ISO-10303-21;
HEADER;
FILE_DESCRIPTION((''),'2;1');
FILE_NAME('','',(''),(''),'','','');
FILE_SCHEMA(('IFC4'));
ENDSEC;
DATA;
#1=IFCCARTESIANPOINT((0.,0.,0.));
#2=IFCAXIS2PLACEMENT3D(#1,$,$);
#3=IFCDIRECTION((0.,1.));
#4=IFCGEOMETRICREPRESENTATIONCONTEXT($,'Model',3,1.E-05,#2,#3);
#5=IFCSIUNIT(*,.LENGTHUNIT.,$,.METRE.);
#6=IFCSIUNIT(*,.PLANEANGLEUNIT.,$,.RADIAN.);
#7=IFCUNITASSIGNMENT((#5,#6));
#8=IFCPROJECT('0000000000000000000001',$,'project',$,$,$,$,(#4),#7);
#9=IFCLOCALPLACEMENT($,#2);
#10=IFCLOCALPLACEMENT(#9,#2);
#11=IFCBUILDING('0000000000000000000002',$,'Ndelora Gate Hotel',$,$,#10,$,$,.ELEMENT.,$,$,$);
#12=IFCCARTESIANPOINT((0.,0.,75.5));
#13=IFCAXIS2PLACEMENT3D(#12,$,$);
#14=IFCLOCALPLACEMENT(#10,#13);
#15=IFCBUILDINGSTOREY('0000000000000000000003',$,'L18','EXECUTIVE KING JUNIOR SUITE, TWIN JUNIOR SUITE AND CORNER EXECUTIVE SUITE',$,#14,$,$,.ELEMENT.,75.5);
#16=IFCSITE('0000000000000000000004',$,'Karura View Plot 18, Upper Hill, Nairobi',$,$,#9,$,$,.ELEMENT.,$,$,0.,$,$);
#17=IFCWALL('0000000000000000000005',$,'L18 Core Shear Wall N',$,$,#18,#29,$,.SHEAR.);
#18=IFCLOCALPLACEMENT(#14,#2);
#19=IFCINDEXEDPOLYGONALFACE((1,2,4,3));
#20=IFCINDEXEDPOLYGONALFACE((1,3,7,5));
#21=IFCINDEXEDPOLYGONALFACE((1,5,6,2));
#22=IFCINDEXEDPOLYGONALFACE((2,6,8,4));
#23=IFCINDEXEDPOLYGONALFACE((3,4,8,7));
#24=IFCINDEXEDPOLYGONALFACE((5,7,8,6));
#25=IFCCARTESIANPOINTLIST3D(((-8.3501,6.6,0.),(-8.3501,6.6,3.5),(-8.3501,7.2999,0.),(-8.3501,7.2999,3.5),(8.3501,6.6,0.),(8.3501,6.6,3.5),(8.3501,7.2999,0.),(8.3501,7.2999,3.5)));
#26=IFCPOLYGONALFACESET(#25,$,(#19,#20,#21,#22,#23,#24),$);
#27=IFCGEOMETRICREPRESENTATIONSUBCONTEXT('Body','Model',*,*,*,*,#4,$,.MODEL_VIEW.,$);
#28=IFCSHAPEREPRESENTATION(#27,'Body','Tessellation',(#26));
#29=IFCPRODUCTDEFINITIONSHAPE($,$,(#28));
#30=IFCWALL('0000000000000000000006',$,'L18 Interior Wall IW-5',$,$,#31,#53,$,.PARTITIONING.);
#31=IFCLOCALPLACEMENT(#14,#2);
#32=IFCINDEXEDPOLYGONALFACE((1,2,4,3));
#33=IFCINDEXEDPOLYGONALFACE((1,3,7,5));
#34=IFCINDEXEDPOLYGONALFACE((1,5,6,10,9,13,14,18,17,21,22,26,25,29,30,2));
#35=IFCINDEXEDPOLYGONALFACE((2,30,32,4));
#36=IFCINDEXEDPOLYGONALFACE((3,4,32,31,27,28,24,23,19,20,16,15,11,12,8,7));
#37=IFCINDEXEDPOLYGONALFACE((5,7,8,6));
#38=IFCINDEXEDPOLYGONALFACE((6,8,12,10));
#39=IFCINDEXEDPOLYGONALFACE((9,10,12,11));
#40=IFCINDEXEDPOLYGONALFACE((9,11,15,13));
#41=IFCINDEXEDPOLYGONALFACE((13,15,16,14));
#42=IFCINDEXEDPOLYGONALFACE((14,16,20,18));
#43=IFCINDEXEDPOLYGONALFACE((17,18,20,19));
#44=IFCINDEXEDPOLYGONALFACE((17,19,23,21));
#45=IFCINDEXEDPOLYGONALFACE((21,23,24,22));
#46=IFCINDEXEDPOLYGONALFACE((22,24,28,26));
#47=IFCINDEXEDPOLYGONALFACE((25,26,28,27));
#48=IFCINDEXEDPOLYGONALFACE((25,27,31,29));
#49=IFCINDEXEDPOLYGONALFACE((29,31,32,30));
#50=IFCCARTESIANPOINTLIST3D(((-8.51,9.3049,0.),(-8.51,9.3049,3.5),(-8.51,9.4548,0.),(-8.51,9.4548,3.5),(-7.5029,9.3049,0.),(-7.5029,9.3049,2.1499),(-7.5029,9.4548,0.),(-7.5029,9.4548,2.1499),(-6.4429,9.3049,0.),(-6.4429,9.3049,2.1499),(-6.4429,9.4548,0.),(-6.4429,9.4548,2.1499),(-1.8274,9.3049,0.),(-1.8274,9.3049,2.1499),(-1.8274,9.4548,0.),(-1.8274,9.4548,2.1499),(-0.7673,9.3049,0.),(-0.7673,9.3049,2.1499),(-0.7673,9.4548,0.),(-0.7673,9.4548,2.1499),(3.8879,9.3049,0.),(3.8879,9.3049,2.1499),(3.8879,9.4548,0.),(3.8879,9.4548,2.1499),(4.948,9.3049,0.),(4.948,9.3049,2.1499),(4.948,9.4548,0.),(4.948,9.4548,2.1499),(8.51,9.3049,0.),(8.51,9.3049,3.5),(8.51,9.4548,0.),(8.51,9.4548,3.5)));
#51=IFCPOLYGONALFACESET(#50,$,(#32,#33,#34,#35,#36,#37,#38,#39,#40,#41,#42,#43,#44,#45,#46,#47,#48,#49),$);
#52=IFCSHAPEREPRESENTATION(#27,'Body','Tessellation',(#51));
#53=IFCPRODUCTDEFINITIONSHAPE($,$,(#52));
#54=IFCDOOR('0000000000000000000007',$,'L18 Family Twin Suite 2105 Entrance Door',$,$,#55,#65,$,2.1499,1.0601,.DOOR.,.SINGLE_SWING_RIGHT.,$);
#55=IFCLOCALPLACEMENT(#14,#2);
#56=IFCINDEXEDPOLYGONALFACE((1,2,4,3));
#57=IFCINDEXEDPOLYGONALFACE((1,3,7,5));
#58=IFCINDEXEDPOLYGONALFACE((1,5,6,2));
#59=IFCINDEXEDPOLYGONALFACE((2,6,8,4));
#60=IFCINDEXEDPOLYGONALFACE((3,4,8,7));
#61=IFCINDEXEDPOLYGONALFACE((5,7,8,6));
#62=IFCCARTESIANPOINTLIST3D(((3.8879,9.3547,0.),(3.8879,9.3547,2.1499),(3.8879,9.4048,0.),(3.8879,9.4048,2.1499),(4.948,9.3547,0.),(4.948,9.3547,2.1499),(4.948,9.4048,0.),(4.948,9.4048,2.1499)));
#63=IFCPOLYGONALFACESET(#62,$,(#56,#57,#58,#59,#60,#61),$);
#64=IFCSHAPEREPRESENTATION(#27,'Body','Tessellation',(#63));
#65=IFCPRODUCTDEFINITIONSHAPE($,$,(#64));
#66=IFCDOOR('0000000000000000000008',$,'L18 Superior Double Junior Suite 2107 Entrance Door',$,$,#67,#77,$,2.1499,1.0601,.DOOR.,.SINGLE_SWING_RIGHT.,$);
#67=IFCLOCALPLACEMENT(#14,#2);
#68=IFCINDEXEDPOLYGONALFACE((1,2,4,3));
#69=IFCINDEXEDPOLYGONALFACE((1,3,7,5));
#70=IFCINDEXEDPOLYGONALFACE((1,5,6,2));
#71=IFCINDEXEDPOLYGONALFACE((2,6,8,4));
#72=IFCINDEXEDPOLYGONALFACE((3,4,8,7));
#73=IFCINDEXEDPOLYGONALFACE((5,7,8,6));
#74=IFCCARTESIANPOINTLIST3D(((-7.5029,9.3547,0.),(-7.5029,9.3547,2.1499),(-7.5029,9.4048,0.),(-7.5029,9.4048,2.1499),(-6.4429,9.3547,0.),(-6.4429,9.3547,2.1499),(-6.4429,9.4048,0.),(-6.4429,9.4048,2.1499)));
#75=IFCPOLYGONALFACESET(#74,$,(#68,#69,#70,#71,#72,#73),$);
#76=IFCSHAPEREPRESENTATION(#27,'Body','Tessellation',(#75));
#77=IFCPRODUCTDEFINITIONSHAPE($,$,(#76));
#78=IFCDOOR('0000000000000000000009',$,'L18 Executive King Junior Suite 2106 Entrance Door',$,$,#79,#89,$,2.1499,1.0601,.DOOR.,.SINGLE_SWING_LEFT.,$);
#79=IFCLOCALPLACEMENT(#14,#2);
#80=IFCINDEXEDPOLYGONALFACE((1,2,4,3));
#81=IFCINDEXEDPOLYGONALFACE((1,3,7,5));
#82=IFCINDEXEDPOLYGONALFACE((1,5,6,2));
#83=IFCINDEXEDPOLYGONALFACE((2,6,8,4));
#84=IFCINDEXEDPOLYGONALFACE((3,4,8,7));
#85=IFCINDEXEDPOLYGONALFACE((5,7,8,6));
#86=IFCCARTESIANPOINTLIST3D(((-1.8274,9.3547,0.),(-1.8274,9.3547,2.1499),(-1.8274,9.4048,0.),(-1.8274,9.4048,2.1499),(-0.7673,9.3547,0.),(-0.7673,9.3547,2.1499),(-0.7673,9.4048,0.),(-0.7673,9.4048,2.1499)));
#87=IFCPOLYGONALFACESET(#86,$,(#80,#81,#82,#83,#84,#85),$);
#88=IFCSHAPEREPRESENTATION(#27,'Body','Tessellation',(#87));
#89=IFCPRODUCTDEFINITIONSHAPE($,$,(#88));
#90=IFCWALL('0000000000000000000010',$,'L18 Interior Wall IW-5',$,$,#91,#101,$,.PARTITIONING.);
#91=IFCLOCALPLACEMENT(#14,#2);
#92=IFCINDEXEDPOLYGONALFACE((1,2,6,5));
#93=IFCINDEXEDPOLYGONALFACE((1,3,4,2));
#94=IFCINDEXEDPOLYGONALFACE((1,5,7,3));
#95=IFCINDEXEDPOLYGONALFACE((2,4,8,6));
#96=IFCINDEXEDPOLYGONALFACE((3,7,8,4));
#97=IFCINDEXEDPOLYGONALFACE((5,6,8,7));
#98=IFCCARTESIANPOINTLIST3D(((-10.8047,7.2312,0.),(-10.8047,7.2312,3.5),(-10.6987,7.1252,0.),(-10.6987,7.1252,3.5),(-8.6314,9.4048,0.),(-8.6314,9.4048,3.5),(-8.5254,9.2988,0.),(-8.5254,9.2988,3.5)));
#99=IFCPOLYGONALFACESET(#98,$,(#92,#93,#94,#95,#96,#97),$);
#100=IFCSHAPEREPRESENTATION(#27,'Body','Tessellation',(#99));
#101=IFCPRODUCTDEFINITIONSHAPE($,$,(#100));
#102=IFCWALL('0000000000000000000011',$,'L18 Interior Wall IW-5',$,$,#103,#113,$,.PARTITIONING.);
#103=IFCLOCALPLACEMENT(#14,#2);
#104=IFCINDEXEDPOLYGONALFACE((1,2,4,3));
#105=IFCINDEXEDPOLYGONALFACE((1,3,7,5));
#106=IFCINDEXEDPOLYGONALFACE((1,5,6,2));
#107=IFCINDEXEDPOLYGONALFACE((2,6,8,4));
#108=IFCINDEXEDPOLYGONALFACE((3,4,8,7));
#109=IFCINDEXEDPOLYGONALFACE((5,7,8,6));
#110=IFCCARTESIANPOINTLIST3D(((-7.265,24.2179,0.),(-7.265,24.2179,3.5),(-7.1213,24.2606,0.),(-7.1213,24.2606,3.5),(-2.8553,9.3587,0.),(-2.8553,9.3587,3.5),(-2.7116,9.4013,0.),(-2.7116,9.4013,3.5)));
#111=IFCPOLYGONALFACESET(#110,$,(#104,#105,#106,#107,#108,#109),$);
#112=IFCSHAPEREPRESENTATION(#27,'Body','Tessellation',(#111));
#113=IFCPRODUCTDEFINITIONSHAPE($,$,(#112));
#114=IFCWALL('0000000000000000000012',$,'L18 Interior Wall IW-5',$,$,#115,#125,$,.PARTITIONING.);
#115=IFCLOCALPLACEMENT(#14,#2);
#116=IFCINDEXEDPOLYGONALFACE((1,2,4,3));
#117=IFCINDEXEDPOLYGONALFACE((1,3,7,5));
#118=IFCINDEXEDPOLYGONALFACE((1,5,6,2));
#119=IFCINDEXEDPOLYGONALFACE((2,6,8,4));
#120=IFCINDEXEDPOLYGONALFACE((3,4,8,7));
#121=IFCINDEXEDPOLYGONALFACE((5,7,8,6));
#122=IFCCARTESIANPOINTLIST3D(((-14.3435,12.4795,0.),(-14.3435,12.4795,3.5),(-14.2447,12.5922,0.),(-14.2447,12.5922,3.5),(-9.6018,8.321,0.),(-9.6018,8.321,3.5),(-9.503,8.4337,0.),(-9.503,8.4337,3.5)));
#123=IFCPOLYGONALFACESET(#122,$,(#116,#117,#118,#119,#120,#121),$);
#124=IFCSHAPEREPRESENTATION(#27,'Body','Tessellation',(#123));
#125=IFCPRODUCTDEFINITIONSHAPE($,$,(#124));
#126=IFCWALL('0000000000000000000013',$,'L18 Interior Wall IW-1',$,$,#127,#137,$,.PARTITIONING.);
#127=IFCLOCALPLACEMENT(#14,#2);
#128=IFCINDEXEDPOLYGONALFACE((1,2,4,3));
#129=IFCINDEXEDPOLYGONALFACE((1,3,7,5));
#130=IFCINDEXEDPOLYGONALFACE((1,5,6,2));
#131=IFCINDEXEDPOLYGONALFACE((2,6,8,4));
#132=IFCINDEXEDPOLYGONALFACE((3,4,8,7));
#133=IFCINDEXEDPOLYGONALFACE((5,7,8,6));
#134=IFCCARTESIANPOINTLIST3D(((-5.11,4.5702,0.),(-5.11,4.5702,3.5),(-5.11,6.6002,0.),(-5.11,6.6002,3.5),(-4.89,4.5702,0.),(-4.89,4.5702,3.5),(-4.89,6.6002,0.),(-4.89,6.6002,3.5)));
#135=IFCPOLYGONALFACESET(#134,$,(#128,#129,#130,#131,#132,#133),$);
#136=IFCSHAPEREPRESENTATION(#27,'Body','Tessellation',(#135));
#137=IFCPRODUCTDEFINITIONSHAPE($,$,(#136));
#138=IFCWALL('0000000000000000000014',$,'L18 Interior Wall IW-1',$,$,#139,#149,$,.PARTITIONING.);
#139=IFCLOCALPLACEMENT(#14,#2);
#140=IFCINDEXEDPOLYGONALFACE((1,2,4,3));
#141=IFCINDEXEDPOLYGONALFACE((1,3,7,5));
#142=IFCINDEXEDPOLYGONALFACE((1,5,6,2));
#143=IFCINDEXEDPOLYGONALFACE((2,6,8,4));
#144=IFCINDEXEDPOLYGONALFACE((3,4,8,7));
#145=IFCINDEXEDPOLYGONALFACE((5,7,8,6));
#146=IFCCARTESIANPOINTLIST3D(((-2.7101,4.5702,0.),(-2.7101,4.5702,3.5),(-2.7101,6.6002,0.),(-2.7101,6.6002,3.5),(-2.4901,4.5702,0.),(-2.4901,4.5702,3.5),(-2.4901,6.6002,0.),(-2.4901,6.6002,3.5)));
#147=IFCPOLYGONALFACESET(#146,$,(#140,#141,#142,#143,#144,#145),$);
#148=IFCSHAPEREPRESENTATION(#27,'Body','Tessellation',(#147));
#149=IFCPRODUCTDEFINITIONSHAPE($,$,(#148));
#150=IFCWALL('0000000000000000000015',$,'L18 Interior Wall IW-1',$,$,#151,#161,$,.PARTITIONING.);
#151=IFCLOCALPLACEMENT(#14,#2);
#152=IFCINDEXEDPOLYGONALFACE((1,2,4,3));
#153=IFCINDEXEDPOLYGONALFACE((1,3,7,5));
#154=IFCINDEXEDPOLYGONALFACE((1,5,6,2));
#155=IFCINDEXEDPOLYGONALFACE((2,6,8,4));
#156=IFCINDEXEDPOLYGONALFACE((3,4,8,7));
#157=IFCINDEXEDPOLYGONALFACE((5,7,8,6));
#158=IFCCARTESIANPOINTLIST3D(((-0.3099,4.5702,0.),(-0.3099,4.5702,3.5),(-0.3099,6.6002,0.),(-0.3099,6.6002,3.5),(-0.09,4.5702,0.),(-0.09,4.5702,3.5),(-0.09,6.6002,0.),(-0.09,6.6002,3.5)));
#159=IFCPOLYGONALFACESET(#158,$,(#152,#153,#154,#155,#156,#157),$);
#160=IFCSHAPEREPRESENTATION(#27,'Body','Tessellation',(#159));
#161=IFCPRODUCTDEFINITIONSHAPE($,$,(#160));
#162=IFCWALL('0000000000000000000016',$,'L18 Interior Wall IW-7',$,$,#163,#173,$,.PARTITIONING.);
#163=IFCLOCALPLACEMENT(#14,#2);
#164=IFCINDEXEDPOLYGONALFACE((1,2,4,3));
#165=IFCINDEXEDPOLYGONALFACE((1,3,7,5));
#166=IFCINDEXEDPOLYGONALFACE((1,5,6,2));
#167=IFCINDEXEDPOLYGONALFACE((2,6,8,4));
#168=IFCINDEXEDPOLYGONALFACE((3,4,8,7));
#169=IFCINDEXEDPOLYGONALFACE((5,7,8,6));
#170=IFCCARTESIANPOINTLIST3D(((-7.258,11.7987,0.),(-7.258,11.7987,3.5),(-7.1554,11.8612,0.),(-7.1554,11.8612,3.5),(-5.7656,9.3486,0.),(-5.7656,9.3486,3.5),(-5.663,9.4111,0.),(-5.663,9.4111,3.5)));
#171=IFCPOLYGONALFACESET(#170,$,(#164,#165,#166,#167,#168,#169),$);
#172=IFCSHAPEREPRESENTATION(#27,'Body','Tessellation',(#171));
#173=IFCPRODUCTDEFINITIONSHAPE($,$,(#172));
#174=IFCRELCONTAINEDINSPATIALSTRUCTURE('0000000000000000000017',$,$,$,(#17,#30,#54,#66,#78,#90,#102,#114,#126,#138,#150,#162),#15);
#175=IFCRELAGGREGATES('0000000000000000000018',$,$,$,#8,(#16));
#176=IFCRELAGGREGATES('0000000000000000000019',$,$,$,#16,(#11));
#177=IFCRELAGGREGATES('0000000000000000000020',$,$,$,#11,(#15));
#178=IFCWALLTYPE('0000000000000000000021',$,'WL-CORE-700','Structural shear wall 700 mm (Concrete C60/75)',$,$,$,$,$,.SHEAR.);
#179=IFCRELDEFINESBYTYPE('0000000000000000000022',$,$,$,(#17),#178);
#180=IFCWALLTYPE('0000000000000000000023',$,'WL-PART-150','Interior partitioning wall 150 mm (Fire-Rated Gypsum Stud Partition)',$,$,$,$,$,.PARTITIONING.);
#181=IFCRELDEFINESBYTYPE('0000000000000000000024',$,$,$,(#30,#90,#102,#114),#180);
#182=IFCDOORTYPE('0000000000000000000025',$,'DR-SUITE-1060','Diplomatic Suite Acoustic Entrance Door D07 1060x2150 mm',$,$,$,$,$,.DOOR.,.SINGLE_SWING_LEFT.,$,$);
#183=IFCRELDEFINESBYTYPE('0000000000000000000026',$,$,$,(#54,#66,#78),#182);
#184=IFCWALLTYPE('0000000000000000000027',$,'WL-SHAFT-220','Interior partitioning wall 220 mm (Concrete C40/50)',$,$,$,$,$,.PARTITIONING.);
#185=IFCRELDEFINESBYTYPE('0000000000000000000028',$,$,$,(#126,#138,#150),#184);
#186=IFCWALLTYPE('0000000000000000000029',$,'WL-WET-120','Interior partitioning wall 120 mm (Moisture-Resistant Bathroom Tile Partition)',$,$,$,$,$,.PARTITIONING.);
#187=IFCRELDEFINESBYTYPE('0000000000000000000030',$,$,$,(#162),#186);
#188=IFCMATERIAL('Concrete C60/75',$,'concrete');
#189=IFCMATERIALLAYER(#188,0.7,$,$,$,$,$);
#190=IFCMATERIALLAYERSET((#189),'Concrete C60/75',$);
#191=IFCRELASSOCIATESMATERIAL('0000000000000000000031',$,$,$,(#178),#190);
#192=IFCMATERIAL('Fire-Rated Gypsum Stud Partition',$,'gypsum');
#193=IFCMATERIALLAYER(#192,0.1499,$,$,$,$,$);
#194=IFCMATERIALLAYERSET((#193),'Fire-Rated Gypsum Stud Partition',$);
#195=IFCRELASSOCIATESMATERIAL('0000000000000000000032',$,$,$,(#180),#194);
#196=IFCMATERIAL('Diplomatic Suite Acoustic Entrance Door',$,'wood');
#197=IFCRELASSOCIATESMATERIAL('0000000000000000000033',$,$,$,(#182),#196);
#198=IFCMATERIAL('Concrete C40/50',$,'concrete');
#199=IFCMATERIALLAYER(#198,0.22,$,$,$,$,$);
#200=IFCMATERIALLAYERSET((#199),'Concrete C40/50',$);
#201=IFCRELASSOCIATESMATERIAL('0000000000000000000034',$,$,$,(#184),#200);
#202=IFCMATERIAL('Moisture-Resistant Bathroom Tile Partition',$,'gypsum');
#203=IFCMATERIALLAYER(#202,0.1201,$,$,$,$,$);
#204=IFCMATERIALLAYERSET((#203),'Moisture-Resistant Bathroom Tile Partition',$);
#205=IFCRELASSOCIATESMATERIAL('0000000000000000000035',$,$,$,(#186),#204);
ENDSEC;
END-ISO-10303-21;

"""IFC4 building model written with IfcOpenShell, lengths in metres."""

from ifc_helpers import new_model, si_unit, direction, frame, frame_2d, origin, place, context, subcontext, project, spatial, rectangle, extrude, material, layer, layer_set, type_object, element, fill, save


model = new_model("IFC4")

# Units and contexts
model_context = context("Model", 3, precision=1e-05, world=origin(), true_north=direction((0.0, 1.0)))
body_context = subcontext(model_context, "Body", "Model", "MODEL_VIEW")
ifc_project = project(units=[si_unit("LENGTHUNIT", "METRE"), si_unit("PLANEANGLEUNIT", "RADIAN")], contexts=[model_context])

# Site, building, storey
site_placement = place(None, origin())
site = spatial("IfcSite", under=ifc_project, at=site_placement, Name="Karura View Plot 18, Upper Hill, Nairobi", CompositionType="ELEMENT", RefElevation=0.0)
building_placement = place(site_placement, origin())
building = spatial("IfcBuilding", under=site, at=building_placement, Name="Ndelora Gate Hotel", CompositionType="ELEMENT")
storey_placement = place(building_placement, frame((0.0, 0.0, 75.5)))
storey = spatial("IfcBuildingStorey", under=building, at=storey_placement, Name="L18", Description="EXECUTIVE KING JUNIOR SUITE, TWIN JUNIOR SUITE AND CORNER EXECUTIVE SUITE", CompositionType="ELEMENT", Elevation=75.5)

# Shared definitions
ifc_material_1 = material(Name="Concrete C60/75", Category="concrete")

# Wall
ifc_layer_1 = layer(ifc_material_1, 0.7)
ifc_layer_set_1 = layer_set([ifc_layer_1], Name="Concrete C60/75")
wall_type_1 = type_object("IfcWallType", Name="WL-CORE-700", Description="Structural shear wall 700 mm (Concrete C60/75)", PredefinedType="SHEAR", material=ifc_layer_set_1)
wall_1_placement = place(storey_placement, frame((-8.3501, 6.95, 0.0), z_axis=(0.0, 0.0, 1.0), x_axis=(1.0, 0.0, 0.0)))
element("IfcWall", 1, at=wall_1_placement, inside=storey, type_object=wall_type_1, Name="L18 Core Shear Wall N", PredefinedType="SHEAR", context=body_context, shape_type="SweptSolid", body=[
    extrude(rectangle(XDim=16.7002, YDim=0.7, at=frame_2d((8.3501, 0.0))), origin(), (0.0, 0.0, 1.0), 3.5),
])

# Wall, openings, doors
ifc_material_2 = material(Name="Fire-Rated Gypsum Stud Partition", Category="gypsum")
ifc_layer_2 = layer(ifc_material_2, 0.1499)
ifc_layer_set_2 = layer_set([ifc_layer_2], Name="Fire-Rated Gypsum Stud Partition")
wall_type_2 = type_object("IfcWallType", Name="WL-PART-150", Description="Interior partitioning wall 150 mm (Fire-Rated Gypsum Stud Partition)", PredefinedType="PARTITIONING", material=ifc_layer_set_2)
wall_2_placement = place(storey_placement, frame((-8.51, 9.3799, 0.0), z_axis=(0.0, 0.0, 1.0), x_axis=(1.0, 0.0, 0.0)))
wall_2 = element("IfcWall", 2, at=wall_2_placement, inside=storey, type_object=wall_type_2, Name="L18 Interior Wall IW-5", PredefinedType="PARTITIONING", context=body_context, shape_type="SweptSolid", body=[
    extrude(rectangle(XDim=17.02, YDim=0.1499, at=frame_2d((8.51, 0.0))), origin(), (0.0, 0.0, 1.0), 3.5),
])
opening_1_placement = place(wall_2_placement, frame((12.3979, 0.0, 0.0)))
opening_1 = element("IfcOpeningElement", 3, at=opening_1_placement, cuts=wall_2, PredefinedType="OPENING", context=body_context, shape_type="SweptSolid", body=[
    extrude(rectangle(XDim=1.0601, YDim=2.1499, at=frame_2d((0.53, 1.075))), frame((0.0, 0.085, 0.0), z_axis=(0.0, -1.0, 0.0), x_axis=(1.0, 0.0, 0.0)), (0.0, 0.0, 1.0), 0.1699),
])
opening_2_placement = place(wall_2_placement, frame((1.0071, 0.0, 0.0)))
opening_2 = element("IfcOpeningElement", 4, at=opening_2_placement, cuts=wall_2, PredefinedType="OPENING", context=body_context, shape_type="SweptSolid", body=[
    extrude(rectangle(XDim=1.0601, YDim=2.1499, at=frame_2d((0.53, 1.075))), frame((0.0, 0.085, 0.0), z_axis=(0.0, -1.0, 0.0), x_axis=(1.0, 0.0, 0.0)), (0.0, 0.0, 1.0), 0.1699),
])
opening_3_placement = place(wall_2_placement, frame((6.6826, 0.0, 0.0)))
opening_3 = element("IfcOpeningElement", 5, at=opening_3_placement, cuts=wall_2, PredefinedType="OPENING", context=body_context, shape_type="SweptSolid", body=[
    extrude(rectangle(XDim=1.0601, YDim=2.1499, at=frame_2d((0.53, 1.075))), frame((0.0, 0.085, 0.0), z_axis=(0.0, -1.0, 0.0), x_axis=(1.0, 0.0, 0.0)), (0.0, 0.0, 1.0), 0.1699),
])
ifc_material_3 = material(Name="Diplomatic Suite Acoustic Entrance Door", Category="wood")
door_type_1 = type_object("IfcDoorType", Name="DR-SUITE-1060", Description="Diplomatic Suite Acoustic Entrance Door D07 1060x2150 mm", OperationType="SINGLE_SWING_LEFT", PredefinedType="DOOR", material=ifc_material_3)
door_1_placement = place(opening_1_placement, origin())
door_1 = element("IfcDoor", 6, at=door_1_placement, inside=storey, type_object=door_type_1, Name="L18 Family Twin Suite 2105 Entrance Door", OperationType="SINGLE_SWING_RIGHT", OverallHeight=2.1499, OverallWidth=1.0601, PredefinedType="DOOR", context=body_context, shape_type="SweptSolid", body=[
    extrude(rectangle(XDim=1.0601, YDim=2.1499, at=frame_2d((0.53, 1.075))), frame((0.0, 0.0249, 0.0), z_axis=(0.0, -1.0, 0.0), x_axis=(1.0, 0.0, 0.0)), (0.0, 0.0, 1.0), 0.05),
])
fill(opening_1, door_1)
door_2_placement = place(opening_2_placement, origin())
door_2 = element("IfcDoor", 7, at=door_2_placement, inside=storey, type_object=door_type_1, Name="L18 Superior Double Junior Suite 2107 Entrance Door", OperationType="SINGLE_SWING_RIGHT", OverallHeight=2.1499, OverallWidth=1.0601, PredefinedType="DOOR", context=body_context, shape_type="SweptSolid", body=[
    extrude(rectangle(XDim=1.0601, YDim=2.1499, at=frame_2d((0.53, 1.075))), frame((0.0, 0.0249, 0.0), z_axis=(0.0, -1.0, 0.0), x_axis=(1.0, 0.0, 0.0)), (0.0, 0.0, 1.0), 0.05),
])
fill(opening_2, door_2)
door_3_placement = place(opening_3_placement, origin())
door_3 = element("IfcDoor", 8, at=door_3_placement, inside=storey, type_object=door_type_1, Name="L18 Executive King Junior Suite 2106 Entrance Door", OperationType="SINGLE_SWING_LEFT", OverallHeight=2.1499, OverallWidth=1.0601, PredefinedType="DOOR", context=body_context, shape_type="SweptSolid", body=[
    extrude(rectangle(XDim=1.0601, YDim=2.1499, at=frame_2d((0.53, 1.075))), frame((0.0, 0.0249, 0.0), z_axis=(0.0, -1.0, 0.0), x_axis=(1.0, 0.0, 0.0)), (0.0, 0.0, 1.0), 0.05),
])
fill(opening_3, door_3)

# Walls
wall_3_placement = place(storey_placement, frame((-10.7517, 7.1782, 0.0), z_axis=(0.0, 0.0, 1.0), x_axis=(0.707067, 0.707146, 0.0)))
element("IfcWall", 9, at=wall_3_placement, inside=storey, type_object=wall_type_2, Name="L18 Interior Wall IW-5", PredefinedType="PARTITIONING", context=body_context, shape_type="SweptSolid", body=[
    extrude(rectangle(XDim=3.0737, YDim=0.1499, at=frame_2d((1.5369, 0.0))), origin(), (0.0, 0.0, 1.0), 3.5),
])
wall_4_placement = place(storey_placement, frame((-2.7834, 9.3799, 0.0), z_axis=(0.0, 0.0, 1.0), x_axis=(-0.284497, 0.958677, 0.0)))
element("IfcWall", 10, at=wall_4_placement, inside=storey, type_object=wall_type_2, Name="L18 Interior Wall IW-5", PredefinedType="PARTITIONING", context=body_context, shape_type="SweptSolid", body=[
    extrude(rectangle(XDim=15.4998, YDim=0.1499, at=frame_2d((7.75, 0.0))), origin(), (0.0, 0.0, 1.0), 3.5),
])
wall_5_placement = place(storey_placement, frame((-9.5525, 8.3774, 0.0), z_axis=(0.0, 0.0, 1.0), x_axis=(-0.751833, 0.659354, 0.0)))
element("IfcWall", 11, at=wall_5_placement, inside=storey, type_object=wall_type_2, Name="L18 Interior Wall IW-5", PredefinedType="PARTITIONING", context=body_context, shape_type="SweptSolid", body=[
    extrude(rectangle(XDim=6.3069, YDim=0.1499, at=frame_2d((3.1533, 0.0))), origin(), (0.0, 0.0, 1.0), 3.5),
])
ifc_material_4 = material(Name="Concrete C40/50", Category="concrete")
ifc_layer_3 = layer(ifc_material_4, 0.22)
ifc_layer_set_3 = layer_set([ifc_layer_3], Name="Concrete C40/50")
wall_type_3 = type_object("IfcWallType", Name="WL-SHAFT-220", Description="Interior partitioning wall 220 mm (Concrete C40/50)", PredefinedType="PARTITIONING", material=ifc_layer_set_3)
for number, where, z_axis, x_axis, name in (
    (12, (-5.0, 4.5701, 0.0), (0.0, 0.0, 1.0), (0.0, 1.0, 0.0), "L18 Interior Wall IW-1"),
    (13, (-2.6001, 4.5701, 0.0), (0.0, 0.0, 1.0), (0.0, 1.0, 0.0), "L18 Interior Wall IW-1"),
    (14, (-0.2, 4.5701, 0.0), (0.0, 0.0, 1.0), (0.0, 1.0, 0.0), "L18 Interior Wall IW-1"),
):
    element("IfcWall", number, at=place(storey_placement, frame(where, z_axis=z_axis, x_axis=x_axis)), inside=storey, type_object=wall_type_3, Name=name, PredefinedType="PARTITIONING", context=body_context, shape_type="SweptSolid", body=[
        extrude(rectangle(XDim=2.03, YDim=0.22, at=frame_2d((1.0151, 0.0))), origin(), (0.0, 0.0, 1.0), 3.5),
    ])
ifc_material_5 = material(Name="Moisture-Resistant Bathroom Tile Partition", Category="gypsum")
ifc_layer_4 = layer(ifc_material_5, 0.1201)
ifc_layer_set_4 = layer_set([ifc_layer_4], Name="Moisture-Resistant Bathroom Tile Partition")
wall_type_4 = type_object("IfcWallType", Name="WL-WET-120", Description="Interior partitioning wall 120 mm (Moisture-Resistant Bathroom Tile Partition)", PredefinedType="PARTITIONING", material=ifc_layer_set_4)
wall_6_placement = place(storey_placement, frame((-7.2068, 11.8301, 0.0), z_axis=(0.0, 0.0, 1.0), x_axis=(0.520203, -0.854042, 0.0)))
element("IfcWall", 15, at=wall_6_placement, inside=storey, type_object=wall_type_4, Name="L18 Interior Wall IW-7", PredefinedType="PARTITIONING", context=body_context, shape_type="SweptSolid", body=[
    extrude(rectangle(XDim=2.8689, YDim=0.1201, at=frame_2d((1.4346, 0.0))), origin(), (0.0, 0.0, 1.0), 3.5),
])

save(model, "model.ifc")
